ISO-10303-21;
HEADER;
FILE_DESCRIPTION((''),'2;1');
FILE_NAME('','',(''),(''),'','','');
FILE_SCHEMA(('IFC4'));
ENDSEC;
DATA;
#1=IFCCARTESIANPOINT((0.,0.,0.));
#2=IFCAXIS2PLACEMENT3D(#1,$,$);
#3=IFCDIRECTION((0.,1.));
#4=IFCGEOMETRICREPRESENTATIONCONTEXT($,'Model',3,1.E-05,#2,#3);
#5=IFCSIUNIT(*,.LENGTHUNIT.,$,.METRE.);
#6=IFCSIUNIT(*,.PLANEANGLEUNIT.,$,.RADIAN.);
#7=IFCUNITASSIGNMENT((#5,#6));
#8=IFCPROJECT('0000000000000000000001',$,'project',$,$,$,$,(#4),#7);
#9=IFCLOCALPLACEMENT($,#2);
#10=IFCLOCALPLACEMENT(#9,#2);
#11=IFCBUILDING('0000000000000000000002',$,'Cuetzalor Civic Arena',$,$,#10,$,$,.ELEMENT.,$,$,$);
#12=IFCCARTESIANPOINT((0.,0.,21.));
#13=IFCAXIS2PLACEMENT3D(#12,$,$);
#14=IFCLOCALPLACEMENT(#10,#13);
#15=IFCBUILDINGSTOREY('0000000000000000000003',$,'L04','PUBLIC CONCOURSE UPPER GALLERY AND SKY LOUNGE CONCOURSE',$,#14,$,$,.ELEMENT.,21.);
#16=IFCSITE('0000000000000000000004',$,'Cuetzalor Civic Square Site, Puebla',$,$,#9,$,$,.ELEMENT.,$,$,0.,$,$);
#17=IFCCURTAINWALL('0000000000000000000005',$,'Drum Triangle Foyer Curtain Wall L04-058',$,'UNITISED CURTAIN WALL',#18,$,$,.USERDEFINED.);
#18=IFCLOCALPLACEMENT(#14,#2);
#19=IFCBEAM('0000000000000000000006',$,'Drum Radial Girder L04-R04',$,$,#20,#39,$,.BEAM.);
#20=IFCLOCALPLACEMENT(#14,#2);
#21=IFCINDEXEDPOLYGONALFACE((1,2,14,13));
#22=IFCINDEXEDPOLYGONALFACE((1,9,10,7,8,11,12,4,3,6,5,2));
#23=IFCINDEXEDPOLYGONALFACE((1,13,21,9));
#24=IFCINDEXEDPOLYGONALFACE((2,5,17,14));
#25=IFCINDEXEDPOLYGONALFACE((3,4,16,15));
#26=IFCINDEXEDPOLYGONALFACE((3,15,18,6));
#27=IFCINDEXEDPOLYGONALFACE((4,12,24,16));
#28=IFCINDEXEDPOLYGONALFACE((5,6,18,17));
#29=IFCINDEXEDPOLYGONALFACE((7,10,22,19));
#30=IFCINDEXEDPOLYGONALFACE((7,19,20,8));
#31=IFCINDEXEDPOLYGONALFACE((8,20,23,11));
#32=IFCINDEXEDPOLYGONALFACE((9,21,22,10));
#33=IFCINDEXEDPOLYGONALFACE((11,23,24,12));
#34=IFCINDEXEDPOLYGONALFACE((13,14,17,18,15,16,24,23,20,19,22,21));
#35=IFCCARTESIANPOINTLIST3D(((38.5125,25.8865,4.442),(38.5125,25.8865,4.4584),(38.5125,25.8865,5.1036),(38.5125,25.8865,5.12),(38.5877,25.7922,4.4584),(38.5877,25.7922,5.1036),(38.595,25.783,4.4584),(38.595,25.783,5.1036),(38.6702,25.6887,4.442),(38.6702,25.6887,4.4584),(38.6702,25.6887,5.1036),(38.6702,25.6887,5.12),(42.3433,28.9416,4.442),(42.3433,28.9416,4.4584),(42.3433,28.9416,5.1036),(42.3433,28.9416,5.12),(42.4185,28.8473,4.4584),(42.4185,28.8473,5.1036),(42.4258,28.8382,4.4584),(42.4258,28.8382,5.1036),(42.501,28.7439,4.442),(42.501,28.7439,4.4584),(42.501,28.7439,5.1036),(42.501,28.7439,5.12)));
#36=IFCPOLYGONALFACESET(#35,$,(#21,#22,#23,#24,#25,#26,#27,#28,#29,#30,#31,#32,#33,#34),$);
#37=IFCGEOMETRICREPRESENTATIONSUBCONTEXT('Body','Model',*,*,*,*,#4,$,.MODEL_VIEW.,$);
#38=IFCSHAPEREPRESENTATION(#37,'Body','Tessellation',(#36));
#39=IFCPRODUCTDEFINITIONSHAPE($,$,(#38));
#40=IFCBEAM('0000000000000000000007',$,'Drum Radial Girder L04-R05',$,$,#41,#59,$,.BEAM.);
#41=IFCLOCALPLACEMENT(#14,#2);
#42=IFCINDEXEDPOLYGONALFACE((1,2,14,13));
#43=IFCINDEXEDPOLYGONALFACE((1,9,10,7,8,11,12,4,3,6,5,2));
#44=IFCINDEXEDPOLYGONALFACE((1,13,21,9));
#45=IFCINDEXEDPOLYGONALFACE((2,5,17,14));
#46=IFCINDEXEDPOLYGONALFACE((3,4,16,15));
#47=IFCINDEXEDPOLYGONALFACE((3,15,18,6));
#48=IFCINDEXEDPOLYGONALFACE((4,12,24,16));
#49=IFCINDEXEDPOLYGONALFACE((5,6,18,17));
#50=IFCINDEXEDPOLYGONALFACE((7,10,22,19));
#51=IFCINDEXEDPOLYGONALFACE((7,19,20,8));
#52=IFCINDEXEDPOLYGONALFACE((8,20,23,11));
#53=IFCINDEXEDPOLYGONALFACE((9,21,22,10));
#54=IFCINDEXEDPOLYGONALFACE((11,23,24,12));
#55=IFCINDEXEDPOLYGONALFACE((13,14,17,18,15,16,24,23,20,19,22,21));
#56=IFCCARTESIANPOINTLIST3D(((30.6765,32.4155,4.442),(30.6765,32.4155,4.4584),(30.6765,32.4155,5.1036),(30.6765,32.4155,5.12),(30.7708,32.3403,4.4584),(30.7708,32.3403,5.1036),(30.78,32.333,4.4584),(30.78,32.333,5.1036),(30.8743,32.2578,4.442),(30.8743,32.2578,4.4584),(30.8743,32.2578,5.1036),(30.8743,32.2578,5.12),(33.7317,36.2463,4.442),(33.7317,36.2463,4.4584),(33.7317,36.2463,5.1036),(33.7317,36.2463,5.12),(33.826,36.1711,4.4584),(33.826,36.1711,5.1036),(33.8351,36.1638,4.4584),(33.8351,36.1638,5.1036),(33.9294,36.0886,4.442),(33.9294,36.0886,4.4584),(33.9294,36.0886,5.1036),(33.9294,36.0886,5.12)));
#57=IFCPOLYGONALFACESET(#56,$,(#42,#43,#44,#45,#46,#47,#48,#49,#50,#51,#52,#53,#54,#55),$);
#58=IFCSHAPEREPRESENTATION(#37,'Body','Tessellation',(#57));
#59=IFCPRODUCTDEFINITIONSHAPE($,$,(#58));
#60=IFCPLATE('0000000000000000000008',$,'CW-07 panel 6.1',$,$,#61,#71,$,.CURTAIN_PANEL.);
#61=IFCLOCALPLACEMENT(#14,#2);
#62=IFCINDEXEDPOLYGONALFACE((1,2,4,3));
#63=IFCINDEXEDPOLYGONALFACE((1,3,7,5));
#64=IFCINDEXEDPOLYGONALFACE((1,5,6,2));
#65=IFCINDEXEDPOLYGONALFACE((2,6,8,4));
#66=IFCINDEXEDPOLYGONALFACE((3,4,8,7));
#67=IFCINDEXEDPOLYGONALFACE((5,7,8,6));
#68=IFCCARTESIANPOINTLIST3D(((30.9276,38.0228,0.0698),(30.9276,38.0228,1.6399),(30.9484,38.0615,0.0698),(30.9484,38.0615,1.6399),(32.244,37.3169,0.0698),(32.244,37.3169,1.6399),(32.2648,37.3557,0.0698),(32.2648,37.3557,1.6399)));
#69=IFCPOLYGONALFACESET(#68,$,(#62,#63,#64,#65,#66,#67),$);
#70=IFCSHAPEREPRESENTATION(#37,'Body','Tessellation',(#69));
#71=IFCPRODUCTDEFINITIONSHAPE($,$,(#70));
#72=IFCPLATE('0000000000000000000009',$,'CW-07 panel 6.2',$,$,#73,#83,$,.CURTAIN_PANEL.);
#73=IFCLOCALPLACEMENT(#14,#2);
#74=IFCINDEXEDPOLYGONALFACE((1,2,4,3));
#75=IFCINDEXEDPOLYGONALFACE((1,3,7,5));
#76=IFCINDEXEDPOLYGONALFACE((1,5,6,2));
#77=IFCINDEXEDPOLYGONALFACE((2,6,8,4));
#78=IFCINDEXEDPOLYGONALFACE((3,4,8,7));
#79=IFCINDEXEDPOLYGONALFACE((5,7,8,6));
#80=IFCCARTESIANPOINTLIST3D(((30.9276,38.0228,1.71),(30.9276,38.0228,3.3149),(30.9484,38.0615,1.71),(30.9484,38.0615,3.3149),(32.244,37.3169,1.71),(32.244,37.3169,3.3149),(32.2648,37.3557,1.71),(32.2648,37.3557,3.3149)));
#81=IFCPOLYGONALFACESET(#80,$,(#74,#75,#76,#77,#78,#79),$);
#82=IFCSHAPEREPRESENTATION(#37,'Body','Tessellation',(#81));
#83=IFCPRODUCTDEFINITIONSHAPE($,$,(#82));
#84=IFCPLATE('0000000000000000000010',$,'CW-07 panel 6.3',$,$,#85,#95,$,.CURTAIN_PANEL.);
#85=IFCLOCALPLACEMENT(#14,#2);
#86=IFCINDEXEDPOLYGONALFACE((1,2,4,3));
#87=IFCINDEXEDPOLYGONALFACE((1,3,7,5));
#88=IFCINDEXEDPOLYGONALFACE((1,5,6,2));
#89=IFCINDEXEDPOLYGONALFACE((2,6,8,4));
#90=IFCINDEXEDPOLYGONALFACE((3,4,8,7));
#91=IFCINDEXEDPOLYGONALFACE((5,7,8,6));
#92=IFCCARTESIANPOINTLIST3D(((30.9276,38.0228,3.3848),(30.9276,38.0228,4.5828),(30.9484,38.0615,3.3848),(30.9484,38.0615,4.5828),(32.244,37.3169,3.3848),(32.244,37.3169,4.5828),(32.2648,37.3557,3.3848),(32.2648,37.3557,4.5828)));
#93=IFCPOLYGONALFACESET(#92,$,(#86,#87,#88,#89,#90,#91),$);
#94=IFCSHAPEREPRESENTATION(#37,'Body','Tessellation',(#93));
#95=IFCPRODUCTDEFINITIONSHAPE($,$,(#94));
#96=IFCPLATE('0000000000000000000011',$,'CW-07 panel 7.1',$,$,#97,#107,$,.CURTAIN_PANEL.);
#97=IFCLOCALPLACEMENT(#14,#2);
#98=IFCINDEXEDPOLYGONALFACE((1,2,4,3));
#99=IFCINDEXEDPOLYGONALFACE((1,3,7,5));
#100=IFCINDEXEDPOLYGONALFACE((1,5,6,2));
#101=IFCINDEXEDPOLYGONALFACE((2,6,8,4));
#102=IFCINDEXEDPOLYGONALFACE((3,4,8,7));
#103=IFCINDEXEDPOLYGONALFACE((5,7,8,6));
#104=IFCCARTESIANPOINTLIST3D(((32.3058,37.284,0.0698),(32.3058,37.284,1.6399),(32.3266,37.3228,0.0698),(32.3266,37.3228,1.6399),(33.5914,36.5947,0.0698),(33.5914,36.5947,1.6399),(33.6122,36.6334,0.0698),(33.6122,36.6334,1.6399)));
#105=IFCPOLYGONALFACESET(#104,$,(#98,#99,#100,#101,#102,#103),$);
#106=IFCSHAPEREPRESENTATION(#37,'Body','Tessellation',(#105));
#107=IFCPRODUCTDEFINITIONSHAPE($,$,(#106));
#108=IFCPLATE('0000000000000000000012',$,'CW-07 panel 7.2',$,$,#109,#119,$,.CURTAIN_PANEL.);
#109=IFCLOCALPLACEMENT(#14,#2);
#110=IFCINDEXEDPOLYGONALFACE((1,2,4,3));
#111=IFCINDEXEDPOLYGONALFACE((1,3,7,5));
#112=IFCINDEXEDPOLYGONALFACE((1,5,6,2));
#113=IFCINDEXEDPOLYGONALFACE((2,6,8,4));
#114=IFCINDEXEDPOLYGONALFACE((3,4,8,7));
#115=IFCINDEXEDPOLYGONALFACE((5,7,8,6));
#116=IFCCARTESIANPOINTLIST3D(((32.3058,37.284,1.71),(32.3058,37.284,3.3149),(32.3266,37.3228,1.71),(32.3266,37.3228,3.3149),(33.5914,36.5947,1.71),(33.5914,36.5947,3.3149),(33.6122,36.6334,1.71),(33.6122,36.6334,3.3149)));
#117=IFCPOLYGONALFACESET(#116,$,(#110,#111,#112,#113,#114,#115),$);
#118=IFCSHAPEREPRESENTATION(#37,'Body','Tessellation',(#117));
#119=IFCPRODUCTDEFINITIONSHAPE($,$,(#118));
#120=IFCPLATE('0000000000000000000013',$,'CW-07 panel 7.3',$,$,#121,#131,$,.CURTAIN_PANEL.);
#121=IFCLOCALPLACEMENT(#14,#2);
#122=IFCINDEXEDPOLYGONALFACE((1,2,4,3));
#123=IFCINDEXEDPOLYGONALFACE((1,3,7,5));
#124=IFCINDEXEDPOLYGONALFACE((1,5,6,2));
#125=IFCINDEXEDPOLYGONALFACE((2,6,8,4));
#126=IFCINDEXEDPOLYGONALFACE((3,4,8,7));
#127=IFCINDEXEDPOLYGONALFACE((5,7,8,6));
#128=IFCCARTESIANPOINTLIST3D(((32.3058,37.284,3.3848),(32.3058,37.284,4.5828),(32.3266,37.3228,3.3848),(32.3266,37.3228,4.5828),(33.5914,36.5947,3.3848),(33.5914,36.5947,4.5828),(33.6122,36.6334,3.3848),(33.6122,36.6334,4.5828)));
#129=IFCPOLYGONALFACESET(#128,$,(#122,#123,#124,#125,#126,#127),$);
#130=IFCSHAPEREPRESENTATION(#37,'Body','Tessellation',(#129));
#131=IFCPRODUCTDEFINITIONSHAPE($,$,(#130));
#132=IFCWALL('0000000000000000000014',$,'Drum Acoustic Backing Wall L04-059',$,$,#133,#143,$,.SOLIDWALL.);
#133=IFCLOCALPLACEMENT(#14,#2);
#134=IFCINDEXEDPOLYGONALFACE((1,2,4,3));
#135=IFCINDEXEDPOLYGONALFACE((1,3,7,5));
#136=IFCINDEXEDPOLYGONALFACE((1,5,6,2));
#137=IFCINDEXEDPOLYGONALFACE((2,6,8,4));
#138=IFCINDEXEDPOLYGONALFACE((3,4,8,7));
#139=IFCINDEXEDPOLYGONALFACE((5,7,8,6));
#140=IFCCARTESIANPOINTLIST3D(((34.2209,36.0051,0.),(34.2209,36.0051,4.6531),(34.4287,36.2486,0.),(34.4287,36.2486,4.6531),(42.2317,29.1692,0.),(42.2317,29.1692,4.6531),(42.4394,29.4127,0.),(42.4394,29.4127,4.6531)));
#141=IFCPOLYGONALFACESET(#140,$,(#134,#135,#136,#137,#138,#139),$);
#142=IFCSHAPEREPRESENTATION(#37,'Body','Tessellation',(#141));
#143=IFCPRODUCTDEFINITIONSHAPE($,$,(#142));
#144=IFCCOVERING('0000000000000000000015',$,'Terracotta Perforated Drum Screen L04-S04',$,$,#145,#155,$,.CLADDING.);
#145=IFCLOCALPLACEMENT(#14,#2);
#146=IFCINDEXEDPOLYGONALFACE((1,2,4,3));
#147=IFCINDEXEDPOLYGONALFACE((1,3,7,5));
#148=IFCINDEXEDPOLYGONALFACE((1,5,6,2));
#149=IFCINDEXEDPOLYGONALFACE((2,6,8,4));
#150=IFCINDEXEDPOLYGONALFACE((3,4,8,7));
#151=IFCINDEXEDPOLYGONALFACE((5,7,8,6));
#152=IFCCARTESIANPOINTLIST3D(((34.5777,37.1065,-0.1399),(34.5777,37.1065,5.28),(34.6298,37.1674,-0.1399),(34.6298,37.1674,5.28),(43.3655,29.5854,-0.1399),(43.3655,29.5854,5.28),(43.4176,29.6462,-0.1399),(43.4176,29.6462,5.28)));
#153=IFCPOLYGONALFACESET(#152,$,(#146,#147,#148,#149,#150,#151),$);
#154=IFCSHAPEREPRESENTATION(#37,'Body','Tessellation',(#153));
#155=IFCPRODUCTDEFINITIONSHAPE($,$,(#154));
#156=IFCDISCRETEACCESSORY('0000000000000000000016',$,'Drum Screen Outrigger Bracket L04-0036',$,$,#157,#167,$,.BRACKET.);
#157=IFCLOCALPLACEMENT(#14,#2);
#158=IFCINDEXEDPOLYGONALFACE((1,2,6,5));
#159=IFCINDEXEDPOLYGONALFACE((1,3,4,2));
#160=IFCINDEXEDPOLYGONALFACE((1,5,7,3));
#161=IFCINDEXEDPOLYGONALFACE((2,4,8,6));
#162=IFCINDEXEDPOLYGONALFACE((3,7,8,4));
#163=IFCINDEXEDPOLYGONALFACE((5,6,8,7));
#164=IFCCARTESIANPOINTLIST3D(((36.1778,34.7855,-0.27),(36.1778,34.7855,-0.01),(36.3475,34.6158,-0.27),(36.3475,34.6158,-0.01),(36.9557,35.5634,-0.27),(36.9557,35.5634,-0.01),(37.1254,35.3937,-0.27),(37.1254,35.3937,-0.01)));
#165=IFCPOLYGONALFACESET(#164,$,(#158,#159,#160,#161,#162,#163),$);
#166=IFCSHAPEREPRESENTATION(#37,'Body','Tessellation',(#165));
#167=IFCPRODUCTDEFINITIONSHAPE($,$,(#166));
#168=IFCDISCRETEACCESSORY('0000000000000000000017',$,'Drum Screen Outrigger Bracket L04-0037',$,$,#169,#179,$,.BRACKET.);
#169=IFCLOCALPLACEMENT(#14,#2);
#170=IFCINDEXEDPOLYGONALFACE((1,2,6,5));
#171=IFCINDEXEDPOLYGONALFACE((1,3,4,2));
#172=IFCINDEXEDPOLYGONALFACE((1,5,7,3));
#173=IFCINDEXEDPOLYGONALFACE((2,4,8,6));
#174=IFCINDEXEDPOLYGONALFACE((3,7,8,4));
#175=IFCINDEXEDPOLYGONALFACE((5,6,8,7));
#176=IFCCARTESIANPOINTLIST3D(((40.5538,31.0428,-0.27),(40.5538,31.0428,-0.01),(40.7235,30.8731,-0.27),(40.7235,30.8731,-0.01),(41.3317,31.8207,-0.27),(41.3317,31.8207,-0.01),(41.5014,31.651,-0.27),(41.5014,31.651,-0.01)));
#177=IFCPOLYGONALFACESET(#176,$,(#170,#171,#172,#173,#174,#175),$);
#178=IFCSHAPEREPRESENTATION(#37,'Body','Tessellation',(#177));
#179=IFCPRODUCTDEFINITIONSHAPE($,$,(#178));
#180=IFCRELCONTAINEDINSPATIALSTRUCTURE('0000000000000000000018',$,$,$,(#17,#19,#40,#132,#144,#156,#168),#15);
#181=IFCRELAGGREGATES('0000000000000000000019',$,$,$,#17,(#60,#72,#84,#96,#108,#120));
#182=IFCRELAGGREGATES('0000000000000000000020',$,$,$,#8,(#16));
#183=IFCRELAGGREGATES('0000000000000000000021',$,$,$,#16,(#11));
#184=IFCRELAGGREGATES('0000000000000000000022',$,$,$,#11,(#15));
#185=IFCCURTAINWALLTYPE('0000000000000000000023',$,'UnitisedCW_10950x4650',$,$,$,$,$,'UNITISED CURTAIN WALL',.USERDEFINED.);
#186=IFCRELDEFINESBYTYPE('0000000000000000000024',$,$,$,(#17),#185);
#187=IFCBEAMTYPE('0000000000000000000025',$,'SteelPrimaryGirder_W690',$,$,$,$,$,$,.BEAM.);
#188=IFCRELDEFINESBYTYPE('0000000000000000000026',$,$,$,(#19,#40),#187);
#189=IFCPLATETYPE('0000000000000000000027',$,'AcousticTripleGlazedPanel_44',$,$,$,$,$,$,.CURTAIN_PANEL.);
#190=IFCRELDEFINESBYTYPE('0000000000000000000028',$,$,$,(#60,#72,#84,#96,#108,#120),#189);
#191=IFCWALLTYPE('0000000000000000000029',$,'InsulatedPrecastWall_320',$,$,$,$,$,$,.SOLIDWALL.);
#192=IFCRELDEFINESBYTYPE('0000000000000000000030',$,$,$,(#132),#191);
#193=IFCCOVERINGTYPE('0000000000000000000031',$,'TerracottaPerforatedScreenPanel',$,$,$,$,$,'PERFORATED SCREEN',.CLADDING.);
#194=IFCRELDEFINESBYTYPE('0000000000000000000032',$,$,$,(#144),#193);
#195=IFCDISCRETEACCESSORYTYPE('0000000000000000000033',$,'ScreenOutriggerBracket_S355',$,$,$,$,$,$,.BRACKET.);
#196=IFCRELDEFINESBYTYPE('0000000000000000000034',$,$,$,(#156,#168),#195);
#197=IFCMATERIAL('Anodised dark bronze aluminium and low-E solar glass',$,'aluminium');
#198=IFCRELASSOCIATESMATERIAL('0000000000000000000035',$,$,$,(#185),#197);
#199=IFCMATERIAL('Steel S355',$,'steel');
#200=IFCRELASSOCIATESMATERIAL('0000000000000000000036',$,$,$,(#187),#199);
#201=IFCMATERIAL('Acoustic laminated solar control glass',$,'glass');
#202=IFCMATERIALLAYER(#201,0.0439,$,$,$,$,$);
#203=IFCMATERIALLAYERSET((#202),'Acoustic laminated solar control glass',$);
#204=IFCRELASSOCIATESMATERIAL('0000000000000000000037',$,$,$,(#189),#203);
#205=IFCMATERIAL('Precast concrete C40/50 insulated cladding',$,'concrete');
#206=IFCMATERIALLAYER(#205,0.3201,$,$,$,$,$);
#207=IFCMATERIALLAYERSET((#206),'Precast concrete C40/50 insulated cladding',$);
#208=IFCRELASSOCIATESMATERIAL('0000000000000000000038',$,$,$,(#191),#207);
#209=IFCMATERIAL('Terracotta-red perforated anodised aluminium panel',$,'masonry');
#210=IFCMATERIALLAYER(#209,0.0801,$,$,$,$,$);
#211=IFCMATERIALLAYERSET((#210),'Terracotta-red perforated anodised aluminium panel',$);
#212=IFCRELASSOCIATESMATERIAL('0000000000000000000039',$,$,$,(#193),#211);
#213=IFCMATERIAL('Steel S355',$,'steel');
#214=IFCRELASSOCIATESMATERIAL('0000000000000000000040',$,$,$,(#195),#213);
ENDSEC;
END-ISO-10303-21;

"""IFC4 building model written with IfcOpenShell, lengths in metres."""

from ifc_helpers import new_model, si_unit, direction, frame, frame_2d, origin, origin_2d, place, context, subcontext, project, spatial, rectangle, i_section, extrude, material, layer, layer_set, material_profile, profile_set, type_object, element, aggregate, save


model = new_model("IFC4")

# Units and contexts
model_context = context("Model", 3, precision=1e-05, world=origin(), true_north=direction((0.0, 1.0)))
body_context = subcontext(model_context, "Body", "Model", "MODEL_VIEW")
ifc_project = project(units=[si_unit("LENGTHUNIT", "METRE"), si_unit("PLANEANGLEUNIT", "RADIAN")], contexts=[model_context])

# Site, building, storey
site_placement = place(None, origin())
site = spatial("IfcSite", under=ifc_project, at=site_placement, Name="Cuetzalor Civic Square Site, Puebla", CompositionType="ELEMENT", RefElevation=0.0)
building_placement = place(site_placement, origin())
building = spatial("IfcBuilding", under=site, at=building_placement, Name="Cuetzalor Civic Arena", CompositionType="ELEMENT")
storey_placement = place(building_placement, frame((0.0, 0.0, 21.0)))
storey = spatial("IfcBuildingStorey", under=building, at=storey_placement, Name="L04", Description="PUBLIC CONCOURSE UPPER GALLERY AND SKY LOUNGE CONCOURSE", CompositionType="ELEMENT", Elevation=21.0)

# Curtain wall
ifc_material_1 = material(Name="Anodised dark bronze aluminium and low-E solar glass", Category="aluminium")
curtain_wall_type = type_object("IfcCurtainWallType", Name="UnitisedCW_10950x4650", ElementType="UNITISED CURTAIN WALL", PredefinedType="USERDEFINED", material=ifc_material_1)
curtain_wall_placement = place(storey_placement, origin())
curtain_wall = element("IfcCurtainWall", 1, at=curtain_wall_placement, inside=storey, type_object=curtain_wall_type, Name="Drum Triangle Foyer Curtain Wall L04-058", ObjectType="UNITISED CURTAIN WALL", PredefinedType="USERDEFINED")

# Beams
ifc_material_2 = material(Name="Steel S355", Category="steel")
ifc_material_profile_1 = material_profile(ifc_material_2, i_section(OverallWidth=0.2529, OverallDepth=0.678, WebThickness=0.0117, FlangeThickness=0.0164, at=origin_2d()), Name="W690x125")
ifc_profile_set_1 = profile_set([ifc_material_profile_1], Name="Steel S355")
beam_type_1 = type_object("IfcBeamType", Name="SteelPrimaryGirder_W690", PredefinedType="BEAM", material=ifc_profile_set_1)
for number, where, z_axis, x_axis, name in (
    (2, (38.5913, 25.7876, 4.781), (0.781811, 0.623516, 0.0), (-0.623516, 0.781811, 0.0), "Drum Radial Girder L04-R04"),
    (3, (30.7754, 32.3367, 4.781), (0.623516, 0.781811, 0.0), (-0.781811, 0.623516, 0.0), "Drum Radial Girder L04-R05"),
):
    element("IfcBeam", number, at=place(storey_placement, frame(where, z_axis=z_axis, x_axis=x_axis)), inside=storey, type_object=beam_type_1, Name=name, PredefinedType="BEAM", context=body_context, shape_type="SweptSolid", body=[
        extrude(i_section(OverallWidth=0.2529, OverallDepth=0.678, WebThickness=0.0117, FlangeThickness=0.0164, at=origin_2d()), origin(), (0.0, 0.0, 1.0), 4.8999),
    ])

# Plates
ifc_material_3 = material(Name="Acoustic laminated solar control glass", Category="glass")
ifc_layer_1 = layer(ifc_material_3, 0.0439)
ifc_layer_set_1 = layer_set([ifc_layer_1], Name="Acoustic laminated solar control glass")
plate_type = type_object("IfcPlateType", Name="AcousticTripleGlazedPanel_44", PredefinedType="CURTAIN_PANEL", material=ifc_layer_set_1)
plate_1_placement = place(storey_placement, frame((31.5962, 37.6892, 0.0698), z_axis=(0.0, 0.0, 1.0), x_axis=(0.881306, -0.472545, 0.0)))
plate_1 = element("IfcPlate", 4, at=plate_1_placement, type_object=plate_type, Name="CW-07 panel 6.1", PredefinedType="CURTAIN_PANEL", context=body_context, shape_type="SweptSolid", body=[
    extrude(rectangle(XDim=1.4937, YDim=0.0439, at=origin_2d()), origin(), (0.0, 0.0, 1.0), 1.5701),
])
plate_2_placement = place(storey_placement, frame((31.5962, 37.6892, 1.71), z_axis=(0.0, 0.0, 1.0), x_axis=(0.881306, -0.472545, 0.0)))
plate_2 = element("IfcPlate", 5, at=plate_2_placement, type_object=plate_type, Name="CW-07 panel 6.2", PredefinedType="CURTAIN_PANEL", context=body_context, shape_type="SweptSolid", body=[
    extrude(rectangle(XDim=1.4937, YDim=0.0439, at=origin_2d()), origin(), (0.0, 0.0, 1.0), 1.605),
])
plate_3_placement = place(storey_placement, frame((31.5962, 37.6892, 3.3848), z_axis=(0.0, 0.0, 1.0), x_axis=(0.881306, -0.472545, 0.0)))
plate_3 = element("IfcPlate", 6, at=plate_3_placement, type_object=plate_type, Name="CW-07 panel 6.3", PredefinedType="CURTAIN_PANEL", context=body_context, shape_type="SweptSolid", body=[
    extrude(rectangle(XDim=1.4937, YDim=0.0439, at=origin_2d()), origin(), (0.0, 0.0, 1.0), 1.198),
])
plate_4_placement = place(storey_placement, frame((32.959, 36.9587, 0.0698), z_axis=(0.0, 0.0, 1.0), x_axis=(0.881306, -0.472545, 0.0)))
plate_4 = element("IfcPlate", 7, at=plate_4_placement, type_object=plate_type, Name="CW-07 panel 7.1", PredefinedType="CURTAIN_PANEL", context=body_context, shape_type="SweptSolid", body=[
    extrude(rectangle(XDim=1.4587, YDim=0.0439, at=origin_2d()), origin(), (0.0, 0.0, 1.0), 1.5701),
])
plate_5_placement = place(storey_placement, frame((32.959, 36.9587, 1.71), z_axis=(0.0, 0.0, 1.0), x_axis=(0.881306, -0.472545, 0.0)))
plate_5 = element("IfcPlate", 8, at=plate_5_placement, type_object=plate_type, Name="CW-07 panel 7.2", PredefinedType="CURTAIN_PANEL", context=body_context, shape_type="SweptSolid", body=[
    extrude(rectangle(XDim=1.4587, YDim=0.0439, at=origin_2d()), origin(), (0.0, 0.0, 1.0), 1.605),
])
plate_6_placement = place(storey_placement, frame((32.959, 36.9587, 3.3848), z_axis=(0.0, 0.0, 1.0), x_axis=(0.881306, -0.472545, 0.0)))
plate_6 = element("IfcPlate", 9, at=plate_6_placement, type_object=plate_type, Name="CW-07 panel 7.3", PredefinedType="CURTAIN_PANEL", context=body_context, shape_type="SweptSolid", body=[
    extrude(rectangle(XDim=1.4587, YDim=0.0439, at=origin_2d()), origin(), (0.0, 0.0, 1.0), 1.198),
])
aggregate(curtain_wall, [plate_1, plate_2, plate_3, plate_4, plate_5, plate_6])

# Wall
ifc_material_4 = material(Name="Precast concrete C40/50 insulated cladding", Category="concrete")
ifc_layer_2 = layer(ifc_material_4, 0.3201)
ifc_layer_set_2 = layer_set([ifc_layer_2], Name="Precast concrete C40/50 insulated cladding")
wall_type = type_object("IfcWallType", Name="InsulatedPrecastWall_320", PredefinedType="SOLIDWALL", material=ifc_layer_set_2)
wall_placement = place(storey_placement, frame((34.3247, 36.127, 0.0), z_axis=(0.0, 0.0, 1.0), x_axis=(0.760682, -0.649125, 0.0)))
element("IfcWall", 10, at=wall_placement, inside=storey, type_object=wall_type, Name="Drum Acoustic Backing Wall L04-059", PredefinedType="SOLIDWALL", context=body_context, shape_type="SweptSolid", body=[
    extrude(rectangle(XDim=10.531, YDim=0.3201, at=frame_2d((5.2656, 0.0))), origin(), (0.0, 0.0, 1.0), 4.6531),
])

# Covering
ifc_material_5 = material(Name="Terracotta-red perforated anodised aluminium panel", Category="masonry")
ifc_layer_3 = layer(ifc_material_5, 0.0801)
ifc_layer_set_3 = layer_set([ifc_layer_3], Name="Terracotta-red perforated anodised aluminium panel")
covering_type = type_object("IfcCoveringType", Name="TerracottaPerforatedScreenPanel", ElementType="PERFORATED SCREEN", PredefinedType="CLADDING", material=ifc_layer_set_3)
covering_placement = place(storey_placement, frame((34.6038, 37.137, -0.1399), z_axis=(0.0, 0.0, 1.0), x_axis=(0.759735, -0.650233, 0.0)))
element("IfcCovering", 11, at=covering_placement, inside=storey, type_object=covering_type, Name="Terracotta Perforated Drum Screen L04-S04", PredefinedType="CLADDING", context=body_context, shape_type="SweptSolid", body=[
    extrude(rectangle(XDim=11.5669, YDim=0.0801, at=frame_2d((5.7834, 0.0))), origin(), (0.0, 0.0, 1.0), 5.4199),
])

# Discrete accessories
ifc_material_6 = material(Name="Steel S355", Category="steel")
discrete_accessory_type = type_object("IfcDiscreteAccessoryType", Name="ScreenOutriggerBracket_S355", PredefinedType="BRACKET", material=ifc_material_6)
for number, where, z_axis, x_axis, name in (
    (12, (36.6516, 35.0896, -0.27), (0.0, 0.0, 1.0), (0.707107, 0.707107, 0.0), "Drum Screen Outrigger Bracket L04-0036"),
    (13, (41.0276, 31.3469, -0.27), (0.0, 0.0, 1.0), (0.707107, 0.707107, 0.0), "Drum Screen Outrigger Bracket L04-0037"),
):
    element("IfcDiscreteAccessory", number, at=place(storey_placement, frame(where, z_axis=z_axis, x_axis=x_axis)), inside=storey, type_object=discrete_accessory_type, Name=name, PredefinedType="BRACKET", context=body_context, shape_type="SweptSolid", body=[
        extrude(rectangle(XDim=1.1001, YDim=0.24, at=origin_2d()), origin(), (0.0, 0.0, 1.0), 0.26),
    ])

save(model, "model.ifc")
